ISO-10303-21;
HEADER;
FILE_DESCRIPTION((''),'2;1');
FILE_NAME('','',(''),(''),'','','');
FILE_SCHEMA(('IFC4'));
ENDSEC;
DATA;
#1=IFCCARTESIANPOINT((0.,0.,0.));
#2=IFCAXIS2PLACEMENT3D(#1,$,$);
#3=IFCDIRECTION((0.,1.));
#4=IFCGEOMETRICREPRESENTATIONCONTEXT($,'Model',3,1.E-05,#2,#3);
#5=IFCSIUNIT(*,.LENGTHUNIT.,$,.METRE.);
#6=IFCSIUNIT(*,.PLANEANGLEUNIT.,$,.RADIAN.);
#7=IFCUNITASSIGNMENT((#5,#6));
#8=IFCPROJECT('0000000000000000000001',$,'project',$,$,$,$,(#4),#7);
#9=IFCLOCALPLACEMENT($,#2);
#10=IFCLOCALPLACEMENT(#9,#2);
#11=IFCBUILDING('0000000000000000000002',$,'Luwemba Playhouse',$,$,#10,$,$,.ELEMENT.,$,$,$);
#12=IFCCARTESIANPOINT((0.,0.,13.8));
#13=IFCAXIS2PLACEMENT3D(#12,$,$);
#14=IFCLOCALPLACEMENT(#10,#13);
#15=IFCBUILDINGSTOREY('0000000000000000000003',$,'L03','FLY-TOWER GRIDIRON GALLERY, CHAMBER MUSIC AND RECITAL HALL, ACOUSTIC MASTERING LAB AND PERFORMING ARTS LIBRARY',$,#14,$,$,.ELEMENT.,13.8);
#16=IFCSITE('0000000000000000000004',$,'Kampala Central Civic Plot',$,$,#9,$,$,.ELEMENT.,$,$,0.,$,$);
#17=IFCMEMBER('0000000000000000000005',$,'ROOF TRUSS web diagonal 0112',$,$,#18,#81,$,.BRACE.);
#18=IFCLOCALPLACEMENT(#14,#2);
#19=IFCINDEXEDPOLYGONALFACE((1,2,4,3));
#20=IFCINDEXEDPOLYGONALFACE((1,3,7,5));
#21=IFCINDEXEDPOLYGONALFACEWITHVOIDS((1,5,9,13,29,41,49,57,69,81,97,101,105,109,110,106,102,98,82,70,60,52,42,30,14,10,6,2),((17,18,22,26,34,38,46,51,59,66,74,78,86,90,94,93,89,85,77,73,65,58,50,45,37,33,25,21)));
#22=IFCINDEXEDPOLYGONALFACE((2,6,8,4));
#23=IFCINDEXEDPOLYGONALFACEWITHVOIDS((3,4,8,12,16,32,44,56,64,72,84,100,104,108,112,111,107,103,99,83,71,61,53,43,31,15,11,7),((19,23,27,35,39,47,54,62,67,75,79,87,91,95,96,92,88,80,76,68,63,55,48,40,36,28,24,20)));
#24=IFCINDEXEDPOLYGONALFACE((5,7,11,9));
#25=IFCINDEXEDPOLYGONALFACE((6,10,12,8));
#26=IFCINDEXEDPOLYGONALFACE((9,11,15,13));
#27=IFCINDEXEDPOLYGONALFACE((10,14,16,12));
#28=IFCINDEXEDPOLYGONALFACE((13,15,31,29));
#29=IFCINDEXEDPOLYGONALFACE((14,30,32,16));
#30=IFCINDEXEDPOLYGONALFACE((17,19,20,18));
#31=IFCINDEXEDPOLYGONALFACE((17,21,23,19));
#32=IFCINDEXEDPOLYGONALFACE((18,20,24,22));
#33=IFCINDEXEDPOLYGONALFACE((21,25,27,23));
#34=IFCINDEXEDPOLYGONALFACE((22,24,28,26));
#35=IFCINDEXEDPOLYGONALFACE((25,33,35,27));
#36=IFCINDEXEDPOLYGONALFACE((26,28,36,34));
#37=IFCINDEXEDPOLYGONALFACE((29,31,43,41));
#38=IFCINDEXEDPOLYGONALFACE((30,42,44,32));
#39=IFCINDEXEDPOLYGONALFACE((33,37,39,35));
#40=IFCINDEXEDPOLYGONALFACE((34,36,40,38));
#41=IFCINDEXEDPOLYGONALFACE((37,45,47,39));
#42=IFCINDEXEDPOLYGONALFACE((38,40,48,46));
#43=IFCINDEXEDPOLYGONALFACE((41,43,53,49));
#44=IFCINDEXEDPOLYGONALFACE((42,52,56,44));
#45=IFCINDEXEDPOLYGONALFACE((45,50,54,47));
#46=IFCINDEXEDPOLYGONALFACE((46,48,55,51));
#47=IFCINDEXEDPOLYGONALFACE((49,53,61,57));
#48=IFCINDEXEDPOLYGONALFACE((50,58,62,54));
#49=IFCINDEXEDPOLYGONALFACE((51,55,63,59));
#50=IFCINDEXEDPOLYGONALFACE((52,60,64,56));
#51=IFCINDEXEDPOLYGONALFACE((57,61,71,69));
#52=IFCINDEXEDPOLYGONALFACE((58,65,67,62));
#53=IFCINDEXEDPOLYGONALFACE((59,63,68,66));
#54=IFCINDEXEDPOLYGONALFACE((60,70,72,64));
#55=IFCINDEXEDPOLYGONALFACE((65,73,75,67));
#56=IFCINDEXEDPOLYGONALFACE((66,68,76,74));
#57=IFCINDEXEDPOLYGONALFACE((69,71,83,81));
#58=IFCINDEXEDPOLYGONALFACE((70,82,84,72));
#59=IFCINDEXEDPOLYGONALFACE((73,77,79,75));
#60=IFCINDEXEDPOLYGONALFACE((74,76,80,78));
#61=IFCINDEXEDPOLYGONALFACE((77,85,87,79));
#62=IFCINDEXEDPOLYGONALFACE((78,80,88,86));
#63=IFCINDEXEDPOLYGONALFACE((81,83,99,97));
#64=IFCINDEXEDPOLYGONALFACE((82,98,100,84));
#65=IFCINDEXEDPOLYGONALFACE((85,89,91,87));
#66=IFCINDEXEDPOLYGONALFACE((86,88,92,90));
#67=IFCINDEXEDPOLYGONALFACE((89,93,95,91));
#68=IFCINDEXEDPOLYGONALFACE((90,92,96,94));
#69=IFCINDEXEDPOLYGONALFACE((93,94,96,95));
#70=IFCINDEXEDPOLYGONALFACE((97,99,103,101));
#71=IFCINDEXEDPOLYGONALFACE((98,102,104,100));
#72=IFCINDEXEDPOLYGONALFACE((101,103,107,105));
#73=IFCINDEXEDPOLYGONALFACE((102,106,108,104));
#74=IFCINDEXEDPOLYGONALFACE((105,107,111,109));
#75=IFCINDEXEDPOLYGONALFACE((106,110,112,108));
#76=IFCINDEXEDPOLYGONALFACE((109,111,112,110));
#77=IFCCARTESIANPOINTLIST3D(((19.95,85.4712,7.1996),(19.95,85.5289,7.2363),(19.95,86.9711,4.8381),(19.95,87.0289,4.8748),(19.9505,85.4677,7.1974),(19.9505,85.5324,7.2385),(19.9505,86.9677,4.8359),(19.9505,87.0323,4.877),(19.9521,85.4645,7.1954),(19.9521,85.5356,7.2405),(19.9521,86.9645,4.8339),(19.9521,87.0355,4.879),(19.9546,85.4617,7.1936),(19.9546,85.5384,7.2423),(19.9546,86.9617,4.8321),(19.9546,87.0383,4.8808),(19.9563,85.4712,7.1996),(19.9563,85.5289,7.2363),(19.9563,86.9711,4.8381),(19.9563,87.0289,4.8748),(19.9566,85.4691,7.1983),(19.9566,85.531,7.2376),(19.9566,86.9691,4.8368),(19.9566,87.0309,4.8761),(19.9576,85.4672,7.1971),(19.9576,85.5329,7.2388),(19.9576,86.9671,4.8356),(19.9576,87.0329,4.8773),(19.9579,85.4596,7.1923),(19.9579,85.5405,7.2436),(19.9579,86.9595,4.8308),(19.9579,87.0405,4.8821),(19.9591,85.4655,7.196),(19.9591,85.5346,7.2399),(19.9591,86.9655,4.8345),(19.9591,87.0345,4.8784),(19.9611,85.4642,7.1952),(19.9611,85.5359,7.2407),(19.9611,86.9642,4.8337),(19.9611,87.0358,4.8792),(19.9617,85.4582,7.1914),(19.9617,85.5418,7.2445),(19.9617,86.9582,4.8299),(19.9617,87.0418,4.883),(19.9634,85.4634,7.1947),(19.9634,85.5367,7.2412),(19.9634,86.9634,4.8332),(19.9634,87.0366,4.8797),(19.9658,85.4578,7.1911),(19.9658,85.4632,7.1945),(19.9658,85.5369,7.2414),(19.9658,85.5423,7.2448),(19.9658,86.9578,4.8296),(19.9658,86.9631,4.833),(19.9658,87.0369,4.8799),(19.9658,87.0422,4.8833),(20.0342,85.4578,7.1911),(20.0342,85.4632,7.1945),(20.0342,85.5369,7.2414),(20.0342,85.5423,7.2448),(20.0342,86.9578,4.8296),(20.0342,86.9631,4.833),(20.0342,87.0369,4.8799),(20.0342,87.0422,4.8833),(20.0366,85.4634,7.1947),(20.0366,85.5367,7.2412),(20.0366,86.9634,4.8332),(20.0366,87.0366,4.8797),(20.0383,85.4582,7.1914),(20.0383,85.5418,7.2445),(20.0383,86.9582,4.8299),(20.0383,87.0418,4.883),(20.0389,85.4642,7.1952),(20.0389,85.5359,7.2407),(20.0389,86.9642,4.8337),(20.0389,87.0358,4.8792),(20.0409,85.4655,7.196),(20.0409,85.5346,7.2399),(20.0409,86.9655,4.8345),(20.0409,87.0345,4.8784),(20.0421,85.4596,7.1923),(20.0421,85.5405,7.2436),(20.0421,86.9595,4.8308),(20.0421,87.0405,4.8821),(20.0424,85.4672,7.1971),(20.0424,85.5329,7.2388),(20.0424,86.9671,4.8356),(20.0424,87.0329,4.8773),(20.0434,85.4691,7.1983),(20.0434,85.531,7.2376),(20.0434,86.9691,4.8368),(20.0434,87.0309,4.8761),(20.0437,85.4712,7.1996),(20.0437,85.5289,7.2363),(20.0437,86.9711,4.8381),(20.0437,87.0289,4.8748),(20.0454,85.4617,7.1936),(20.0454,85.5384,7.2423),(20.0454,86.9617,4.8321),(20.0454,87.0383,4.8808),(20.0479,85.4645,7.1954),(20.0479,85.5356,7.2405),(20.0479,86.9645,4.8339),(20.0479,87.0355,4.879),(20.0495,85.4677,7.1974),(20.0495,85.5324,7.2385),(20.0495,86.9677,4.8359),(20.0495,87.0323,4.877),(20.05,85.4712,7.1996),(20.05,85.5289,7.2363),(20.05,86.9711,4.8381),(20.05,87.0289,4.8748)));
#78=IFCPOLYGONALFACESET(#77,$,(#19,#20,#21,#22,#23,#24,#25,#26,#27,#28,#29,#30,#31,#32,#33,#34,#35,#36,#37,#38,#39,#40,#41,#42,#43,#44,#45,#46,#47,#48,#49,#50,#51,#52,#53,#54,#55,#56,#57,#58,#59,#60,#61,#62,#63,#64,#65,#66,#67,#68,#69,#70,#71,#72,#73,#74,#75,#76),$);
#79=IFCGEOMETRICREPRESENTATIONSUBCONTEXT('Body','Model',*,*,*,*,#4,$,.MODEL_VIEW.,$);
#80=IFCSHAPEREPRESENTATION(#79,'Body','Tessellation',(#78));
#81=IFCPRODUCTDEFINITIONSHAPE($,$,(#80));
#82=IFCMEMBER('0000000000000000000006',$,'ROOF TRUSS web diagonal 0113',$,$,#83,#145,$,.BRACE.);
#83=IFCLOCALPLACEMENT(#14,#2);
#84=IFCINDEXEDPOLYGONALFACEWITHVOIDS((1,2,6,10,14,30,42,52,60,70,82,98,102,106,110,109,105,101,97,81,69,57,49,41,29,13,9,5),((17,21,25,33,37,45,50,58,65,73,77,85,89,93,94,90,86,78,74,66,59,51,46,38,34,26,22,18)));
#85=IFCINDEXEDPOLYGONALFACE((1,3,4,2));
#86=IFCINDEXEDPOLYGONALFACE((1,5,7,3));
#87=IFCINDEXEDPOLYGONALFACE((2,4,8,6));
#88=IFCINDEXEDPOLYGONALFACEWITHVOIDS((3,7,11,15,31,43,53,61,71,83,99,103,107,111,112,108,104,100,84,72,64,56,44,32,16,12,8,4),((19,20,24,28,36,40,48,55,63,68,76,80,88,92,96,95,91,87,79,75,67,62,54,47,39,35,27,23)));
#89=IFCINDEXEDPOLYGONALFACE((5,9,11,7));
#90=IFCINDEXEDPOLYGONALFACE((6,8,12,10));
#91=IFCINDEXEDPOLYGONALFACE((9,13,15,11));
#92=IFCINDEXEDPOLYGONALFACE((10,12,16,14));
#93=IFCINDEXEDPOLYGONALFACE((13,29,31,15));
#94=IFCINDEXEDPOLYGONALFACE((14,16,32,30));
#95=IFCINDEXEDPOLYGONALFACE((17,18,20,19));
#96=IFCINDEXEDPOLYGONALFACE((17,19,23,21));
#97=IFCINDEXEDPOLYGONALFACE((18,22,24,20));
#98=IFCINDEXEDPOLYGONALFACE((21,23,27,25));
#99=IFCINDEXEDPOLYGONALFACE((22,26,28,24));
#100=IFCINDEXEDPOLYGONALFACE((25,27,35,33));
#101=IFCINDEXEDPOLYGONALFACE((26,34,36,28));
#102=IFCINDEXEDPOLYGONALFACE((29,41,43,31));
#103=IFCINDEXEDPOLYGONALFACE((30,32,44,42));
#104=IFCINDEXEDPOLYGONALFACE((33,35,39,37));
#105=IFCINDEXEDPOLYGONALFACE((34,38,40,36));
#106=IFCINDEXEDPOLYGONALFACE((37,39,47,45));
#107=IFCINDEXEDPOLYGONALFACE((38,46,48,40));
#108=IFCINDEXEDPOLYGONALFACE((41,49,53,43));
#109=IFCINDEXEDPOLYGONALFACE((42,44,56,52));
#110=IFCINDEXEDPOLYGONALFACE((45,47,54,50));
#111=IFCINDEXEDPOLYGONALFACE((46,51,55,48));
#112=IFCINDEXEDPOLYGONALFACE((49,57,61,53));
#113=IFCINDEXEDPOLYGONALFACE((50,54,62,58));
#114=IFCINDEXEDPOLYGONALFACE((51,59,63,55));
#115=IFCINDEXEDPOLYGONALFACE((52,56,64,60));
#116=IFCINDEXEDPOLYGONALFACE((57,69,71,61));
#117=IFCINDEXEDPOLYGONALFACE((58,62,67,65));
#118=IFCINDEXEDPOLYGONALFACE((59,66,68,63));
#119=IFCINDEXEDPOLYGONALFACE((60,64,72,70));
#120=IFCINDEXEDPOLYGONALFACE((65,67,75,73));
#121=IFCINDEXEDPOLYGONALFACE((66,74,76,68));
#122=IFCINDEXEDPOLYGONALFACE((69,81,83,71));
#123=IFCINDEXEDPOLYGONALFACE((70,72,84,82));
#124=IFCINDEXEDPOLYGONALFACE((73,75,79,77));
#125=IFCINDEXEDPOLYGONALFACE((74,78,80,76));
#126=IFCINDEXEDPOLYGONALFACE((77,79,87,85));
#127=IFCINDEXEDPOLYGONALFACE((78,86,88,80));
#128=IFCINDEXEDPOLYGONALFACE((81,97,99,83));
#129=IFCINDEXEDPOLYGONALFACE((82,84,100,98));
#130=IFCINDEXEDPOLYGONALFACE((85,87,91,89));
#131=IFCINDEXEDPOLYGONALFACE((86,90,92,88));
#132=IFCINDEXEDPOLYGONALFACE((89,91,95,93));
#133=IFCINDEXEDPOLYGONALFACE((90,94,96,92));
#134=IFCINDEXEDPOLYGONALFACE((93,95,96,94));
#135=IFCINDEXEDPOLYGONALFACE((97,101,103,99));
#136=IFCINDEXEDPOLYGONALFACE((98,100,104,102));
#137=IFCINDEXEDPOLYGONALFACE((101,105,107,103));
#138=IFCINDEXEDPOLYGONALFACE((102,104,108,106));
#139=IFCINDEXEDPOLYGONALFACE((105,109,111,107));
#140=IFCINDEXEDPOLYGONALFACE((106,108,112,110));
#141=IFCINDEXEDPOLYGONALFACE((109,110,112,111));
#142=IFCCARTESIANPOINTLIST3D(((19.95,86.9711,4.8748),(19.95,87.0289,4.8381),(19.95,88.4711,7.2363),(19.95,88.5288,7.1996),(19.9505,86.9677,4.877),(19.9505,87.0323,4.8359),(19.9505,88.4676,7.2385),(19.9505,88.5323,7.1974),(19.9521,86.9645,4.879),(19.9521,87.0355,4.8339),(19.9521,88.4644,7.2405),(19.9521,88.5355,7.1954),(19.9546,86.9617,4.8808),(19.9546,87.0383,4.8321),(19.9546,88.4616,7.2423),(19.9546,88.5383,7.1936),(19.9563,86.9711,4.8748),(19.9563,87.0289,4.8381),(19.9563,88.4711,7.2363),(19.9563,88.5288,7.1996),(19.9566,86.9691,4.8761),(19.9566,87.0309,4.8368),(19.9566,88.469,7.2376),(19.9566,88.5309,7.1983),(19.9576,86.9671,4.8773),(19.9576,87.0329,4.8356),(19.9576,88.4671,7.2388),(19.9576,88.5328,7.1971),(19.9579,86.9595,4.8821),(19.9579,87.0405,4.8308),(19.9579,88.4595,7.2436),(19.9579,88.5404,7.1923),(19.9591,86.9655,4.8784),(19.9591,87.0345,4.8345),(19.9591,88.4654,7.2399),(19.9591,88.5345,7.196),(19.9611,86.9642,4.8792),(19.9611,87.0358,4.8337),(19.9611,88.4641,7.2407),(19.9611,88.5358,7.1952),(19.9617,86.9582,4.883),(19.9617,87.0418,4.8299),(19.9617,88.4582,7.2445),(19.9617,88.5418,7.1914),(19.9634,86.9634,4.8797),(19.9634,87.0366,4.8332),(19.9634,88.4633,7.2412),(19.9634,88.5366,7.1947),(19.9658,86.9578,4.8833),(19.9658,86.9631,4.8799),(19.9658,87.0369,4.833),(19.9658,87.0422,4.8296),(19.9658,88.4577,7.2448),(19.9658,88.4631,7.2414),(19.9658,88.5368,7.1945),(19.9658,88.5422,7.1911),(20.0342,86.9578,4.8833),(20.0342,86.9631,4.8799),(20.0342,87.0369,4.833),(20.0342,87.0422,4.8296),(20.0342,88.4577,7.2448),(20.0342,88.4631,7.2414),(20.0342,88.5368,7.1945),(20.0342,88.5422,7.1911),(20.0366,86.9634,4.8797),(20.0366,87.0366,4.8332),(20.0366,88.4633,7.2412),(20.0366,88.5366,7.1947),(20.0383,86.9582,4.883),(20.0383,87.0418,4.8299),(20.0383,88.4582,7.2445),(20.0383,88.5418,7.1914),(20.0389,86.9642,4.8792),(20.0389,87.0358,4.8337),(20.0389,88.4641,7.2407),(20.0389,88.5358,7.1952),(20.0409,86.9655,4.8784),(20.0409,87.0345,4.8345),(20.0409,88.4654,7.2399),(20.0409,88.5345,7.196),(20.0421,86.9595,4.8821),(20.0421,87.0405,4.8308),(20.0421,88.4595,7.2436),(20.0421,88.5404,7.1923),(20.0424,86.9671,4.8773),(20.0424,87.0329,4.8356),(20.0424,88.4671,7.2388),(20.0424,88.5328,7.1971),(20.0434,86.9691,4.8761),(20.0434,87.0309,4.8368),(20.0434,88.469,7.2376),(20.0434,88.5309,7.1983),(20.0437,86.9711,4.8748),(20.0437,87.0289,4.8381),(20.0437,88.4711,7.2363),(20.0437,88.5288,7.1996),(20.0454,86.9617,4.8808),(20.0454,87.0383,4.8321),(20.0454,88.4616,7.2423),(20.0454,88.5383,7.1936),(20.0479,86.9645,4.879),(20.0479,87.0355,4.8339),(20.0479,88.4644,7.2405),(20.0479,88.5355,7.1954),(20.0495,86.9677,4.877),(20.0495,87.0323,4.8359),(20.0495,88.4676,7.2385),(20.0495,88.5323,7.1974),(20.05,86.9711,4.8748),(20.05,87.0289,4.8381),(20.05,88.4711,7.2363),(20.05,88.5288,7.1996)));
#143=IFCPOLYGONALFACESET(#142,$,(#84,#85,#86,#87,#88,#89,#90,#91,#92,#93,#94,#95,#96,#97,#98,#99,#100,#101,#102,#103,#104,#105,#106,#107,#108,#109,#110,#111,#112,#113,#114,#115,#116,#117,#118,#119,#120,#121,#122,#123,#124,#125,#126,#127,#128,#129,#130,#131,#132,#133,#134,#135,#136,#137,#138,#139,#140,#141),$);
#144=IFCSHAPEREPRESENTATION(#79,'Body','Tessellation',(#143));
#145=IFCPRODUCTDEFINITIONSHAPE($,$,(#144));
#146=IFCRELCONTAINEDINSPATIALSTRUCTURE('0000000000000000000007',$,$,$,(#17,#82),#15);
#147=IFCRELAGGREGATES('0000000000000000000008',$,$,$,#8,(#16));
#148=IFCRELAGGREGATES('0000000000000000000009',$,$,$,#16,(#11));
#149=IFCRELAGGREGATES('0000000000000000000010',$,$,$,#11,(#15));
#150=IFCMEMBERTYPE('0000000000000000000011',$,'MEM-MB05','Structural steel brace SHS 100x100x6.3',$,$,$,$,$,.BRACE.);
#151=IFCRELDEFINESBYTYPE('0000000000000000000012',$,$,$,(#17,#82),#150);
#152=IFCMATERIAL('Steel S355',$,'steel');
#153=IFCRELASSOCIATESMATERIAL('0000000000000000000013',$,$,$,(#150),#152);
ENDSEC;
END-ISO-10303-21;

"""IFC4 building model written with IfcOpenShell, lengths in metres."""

from ifc_helpers import new_model, si_unit, direction, frame, origin, origin_2d, place, context, subcontext, project, spatial, hollow_rectangle, extrude, material, material_profile, profile_set, type_object, element, save


model = new_model("IFC4")

# Units and contexts
model_context = context("Model", 3, precision=1e-05, world=origin(), true_north=direction((0.0, 1.0)))
body_context = subcontext(model_context, "Body", "Model", "MODEL_VIEW")
ifc_project = project(units=[si_unit("LENGTHUNIT", "METRE"), si_unit("PLANEANGLEUNIT", "RADIAN")], contexts=[model_context])

# Site, building, storey
site_placement = place(None, origin())
site = spatial("IfcSite", under=ifc_project, at=site_placement, Name="Kampala Central Civic Plot", CompositionType="ELEMENT", RefElevation=0.0)
building_placement = place(site_placement, origin())
building = spatial("IfcBuilding", under=site, at=building_placement, Name="Luwemba Playhouse", CompositionType="ELEMENT")
storey_placement = place(building_placement, frame((0.0, 0.0, 13.8)))
storey = spatial("IfcBuildingStorey", under=building, at=storey_placement, Name="L03", Description="FLY-TOWER GRIDIRON GALLERY, CHAMBER MUSIC AND RECITAL HALL, ACOUSTIC MASTERING LAB AND PERFORMING ARTS LIBRARY", CompositionType="ELEMENT", Elevation=13.8)

# Shared definitions
ifc_material_1 = material(Name="Steel S355", Category="steel")

# Members
ifc_material_profile_1 = material_profile(ifc_material_1, hollow_rectangle(XDim=0.1001, YDim=0.1001, WallThickness=0.0063, InnerFilletRadius=0.0095, OuterFilletRadius=0.0159, at=origin_2d()))
ifc_profile_set_1 = profile_set([ifc_material_profile_1], Name="Steel S355")
member_type_1 = type_object("IfcMemberType", Name="MEM-MB05", Description="Structural steel brace SHS 100x100x6.3", PredefinedType="BRACE", material=ifc_profile_set_1)
for number, where, z_axis, x_axis, name in (
    (1, (20.0, 87.0, 4.8564), (0.0, -0.536158, 0.844118), (1.0, 0.0, 0.0), "ROOF TRUSS web diagonal 0112"),
    (2, (20.0, 87.0, 4.8564), (0.0, 0.536158, 0.844118), (-1.0, 0.0, 0.0), "ROOF TRUSS web diagonal 0113"),
):
    element("IfcMember", number, at=place(storey_placement, frame(where, z_axis=z_axis, x_axis=x_axis)), inside=storey, type_object=member_type_1, Name=name, PredefinedType="BRACE", context=body_context, shape_type="SweptSolid", body=[
        extrude(hollow_rectangle(XDim=0.1001, YDim=0.1001, WallThickness=0.0063, InnerFilletRadius=0.0095, OuterFilletRadius=0.0159, at=origin_2d()), origin(), (0.0, 0.0, 1.0), 2.7976),
    ])

save(model, "model.ifc")
